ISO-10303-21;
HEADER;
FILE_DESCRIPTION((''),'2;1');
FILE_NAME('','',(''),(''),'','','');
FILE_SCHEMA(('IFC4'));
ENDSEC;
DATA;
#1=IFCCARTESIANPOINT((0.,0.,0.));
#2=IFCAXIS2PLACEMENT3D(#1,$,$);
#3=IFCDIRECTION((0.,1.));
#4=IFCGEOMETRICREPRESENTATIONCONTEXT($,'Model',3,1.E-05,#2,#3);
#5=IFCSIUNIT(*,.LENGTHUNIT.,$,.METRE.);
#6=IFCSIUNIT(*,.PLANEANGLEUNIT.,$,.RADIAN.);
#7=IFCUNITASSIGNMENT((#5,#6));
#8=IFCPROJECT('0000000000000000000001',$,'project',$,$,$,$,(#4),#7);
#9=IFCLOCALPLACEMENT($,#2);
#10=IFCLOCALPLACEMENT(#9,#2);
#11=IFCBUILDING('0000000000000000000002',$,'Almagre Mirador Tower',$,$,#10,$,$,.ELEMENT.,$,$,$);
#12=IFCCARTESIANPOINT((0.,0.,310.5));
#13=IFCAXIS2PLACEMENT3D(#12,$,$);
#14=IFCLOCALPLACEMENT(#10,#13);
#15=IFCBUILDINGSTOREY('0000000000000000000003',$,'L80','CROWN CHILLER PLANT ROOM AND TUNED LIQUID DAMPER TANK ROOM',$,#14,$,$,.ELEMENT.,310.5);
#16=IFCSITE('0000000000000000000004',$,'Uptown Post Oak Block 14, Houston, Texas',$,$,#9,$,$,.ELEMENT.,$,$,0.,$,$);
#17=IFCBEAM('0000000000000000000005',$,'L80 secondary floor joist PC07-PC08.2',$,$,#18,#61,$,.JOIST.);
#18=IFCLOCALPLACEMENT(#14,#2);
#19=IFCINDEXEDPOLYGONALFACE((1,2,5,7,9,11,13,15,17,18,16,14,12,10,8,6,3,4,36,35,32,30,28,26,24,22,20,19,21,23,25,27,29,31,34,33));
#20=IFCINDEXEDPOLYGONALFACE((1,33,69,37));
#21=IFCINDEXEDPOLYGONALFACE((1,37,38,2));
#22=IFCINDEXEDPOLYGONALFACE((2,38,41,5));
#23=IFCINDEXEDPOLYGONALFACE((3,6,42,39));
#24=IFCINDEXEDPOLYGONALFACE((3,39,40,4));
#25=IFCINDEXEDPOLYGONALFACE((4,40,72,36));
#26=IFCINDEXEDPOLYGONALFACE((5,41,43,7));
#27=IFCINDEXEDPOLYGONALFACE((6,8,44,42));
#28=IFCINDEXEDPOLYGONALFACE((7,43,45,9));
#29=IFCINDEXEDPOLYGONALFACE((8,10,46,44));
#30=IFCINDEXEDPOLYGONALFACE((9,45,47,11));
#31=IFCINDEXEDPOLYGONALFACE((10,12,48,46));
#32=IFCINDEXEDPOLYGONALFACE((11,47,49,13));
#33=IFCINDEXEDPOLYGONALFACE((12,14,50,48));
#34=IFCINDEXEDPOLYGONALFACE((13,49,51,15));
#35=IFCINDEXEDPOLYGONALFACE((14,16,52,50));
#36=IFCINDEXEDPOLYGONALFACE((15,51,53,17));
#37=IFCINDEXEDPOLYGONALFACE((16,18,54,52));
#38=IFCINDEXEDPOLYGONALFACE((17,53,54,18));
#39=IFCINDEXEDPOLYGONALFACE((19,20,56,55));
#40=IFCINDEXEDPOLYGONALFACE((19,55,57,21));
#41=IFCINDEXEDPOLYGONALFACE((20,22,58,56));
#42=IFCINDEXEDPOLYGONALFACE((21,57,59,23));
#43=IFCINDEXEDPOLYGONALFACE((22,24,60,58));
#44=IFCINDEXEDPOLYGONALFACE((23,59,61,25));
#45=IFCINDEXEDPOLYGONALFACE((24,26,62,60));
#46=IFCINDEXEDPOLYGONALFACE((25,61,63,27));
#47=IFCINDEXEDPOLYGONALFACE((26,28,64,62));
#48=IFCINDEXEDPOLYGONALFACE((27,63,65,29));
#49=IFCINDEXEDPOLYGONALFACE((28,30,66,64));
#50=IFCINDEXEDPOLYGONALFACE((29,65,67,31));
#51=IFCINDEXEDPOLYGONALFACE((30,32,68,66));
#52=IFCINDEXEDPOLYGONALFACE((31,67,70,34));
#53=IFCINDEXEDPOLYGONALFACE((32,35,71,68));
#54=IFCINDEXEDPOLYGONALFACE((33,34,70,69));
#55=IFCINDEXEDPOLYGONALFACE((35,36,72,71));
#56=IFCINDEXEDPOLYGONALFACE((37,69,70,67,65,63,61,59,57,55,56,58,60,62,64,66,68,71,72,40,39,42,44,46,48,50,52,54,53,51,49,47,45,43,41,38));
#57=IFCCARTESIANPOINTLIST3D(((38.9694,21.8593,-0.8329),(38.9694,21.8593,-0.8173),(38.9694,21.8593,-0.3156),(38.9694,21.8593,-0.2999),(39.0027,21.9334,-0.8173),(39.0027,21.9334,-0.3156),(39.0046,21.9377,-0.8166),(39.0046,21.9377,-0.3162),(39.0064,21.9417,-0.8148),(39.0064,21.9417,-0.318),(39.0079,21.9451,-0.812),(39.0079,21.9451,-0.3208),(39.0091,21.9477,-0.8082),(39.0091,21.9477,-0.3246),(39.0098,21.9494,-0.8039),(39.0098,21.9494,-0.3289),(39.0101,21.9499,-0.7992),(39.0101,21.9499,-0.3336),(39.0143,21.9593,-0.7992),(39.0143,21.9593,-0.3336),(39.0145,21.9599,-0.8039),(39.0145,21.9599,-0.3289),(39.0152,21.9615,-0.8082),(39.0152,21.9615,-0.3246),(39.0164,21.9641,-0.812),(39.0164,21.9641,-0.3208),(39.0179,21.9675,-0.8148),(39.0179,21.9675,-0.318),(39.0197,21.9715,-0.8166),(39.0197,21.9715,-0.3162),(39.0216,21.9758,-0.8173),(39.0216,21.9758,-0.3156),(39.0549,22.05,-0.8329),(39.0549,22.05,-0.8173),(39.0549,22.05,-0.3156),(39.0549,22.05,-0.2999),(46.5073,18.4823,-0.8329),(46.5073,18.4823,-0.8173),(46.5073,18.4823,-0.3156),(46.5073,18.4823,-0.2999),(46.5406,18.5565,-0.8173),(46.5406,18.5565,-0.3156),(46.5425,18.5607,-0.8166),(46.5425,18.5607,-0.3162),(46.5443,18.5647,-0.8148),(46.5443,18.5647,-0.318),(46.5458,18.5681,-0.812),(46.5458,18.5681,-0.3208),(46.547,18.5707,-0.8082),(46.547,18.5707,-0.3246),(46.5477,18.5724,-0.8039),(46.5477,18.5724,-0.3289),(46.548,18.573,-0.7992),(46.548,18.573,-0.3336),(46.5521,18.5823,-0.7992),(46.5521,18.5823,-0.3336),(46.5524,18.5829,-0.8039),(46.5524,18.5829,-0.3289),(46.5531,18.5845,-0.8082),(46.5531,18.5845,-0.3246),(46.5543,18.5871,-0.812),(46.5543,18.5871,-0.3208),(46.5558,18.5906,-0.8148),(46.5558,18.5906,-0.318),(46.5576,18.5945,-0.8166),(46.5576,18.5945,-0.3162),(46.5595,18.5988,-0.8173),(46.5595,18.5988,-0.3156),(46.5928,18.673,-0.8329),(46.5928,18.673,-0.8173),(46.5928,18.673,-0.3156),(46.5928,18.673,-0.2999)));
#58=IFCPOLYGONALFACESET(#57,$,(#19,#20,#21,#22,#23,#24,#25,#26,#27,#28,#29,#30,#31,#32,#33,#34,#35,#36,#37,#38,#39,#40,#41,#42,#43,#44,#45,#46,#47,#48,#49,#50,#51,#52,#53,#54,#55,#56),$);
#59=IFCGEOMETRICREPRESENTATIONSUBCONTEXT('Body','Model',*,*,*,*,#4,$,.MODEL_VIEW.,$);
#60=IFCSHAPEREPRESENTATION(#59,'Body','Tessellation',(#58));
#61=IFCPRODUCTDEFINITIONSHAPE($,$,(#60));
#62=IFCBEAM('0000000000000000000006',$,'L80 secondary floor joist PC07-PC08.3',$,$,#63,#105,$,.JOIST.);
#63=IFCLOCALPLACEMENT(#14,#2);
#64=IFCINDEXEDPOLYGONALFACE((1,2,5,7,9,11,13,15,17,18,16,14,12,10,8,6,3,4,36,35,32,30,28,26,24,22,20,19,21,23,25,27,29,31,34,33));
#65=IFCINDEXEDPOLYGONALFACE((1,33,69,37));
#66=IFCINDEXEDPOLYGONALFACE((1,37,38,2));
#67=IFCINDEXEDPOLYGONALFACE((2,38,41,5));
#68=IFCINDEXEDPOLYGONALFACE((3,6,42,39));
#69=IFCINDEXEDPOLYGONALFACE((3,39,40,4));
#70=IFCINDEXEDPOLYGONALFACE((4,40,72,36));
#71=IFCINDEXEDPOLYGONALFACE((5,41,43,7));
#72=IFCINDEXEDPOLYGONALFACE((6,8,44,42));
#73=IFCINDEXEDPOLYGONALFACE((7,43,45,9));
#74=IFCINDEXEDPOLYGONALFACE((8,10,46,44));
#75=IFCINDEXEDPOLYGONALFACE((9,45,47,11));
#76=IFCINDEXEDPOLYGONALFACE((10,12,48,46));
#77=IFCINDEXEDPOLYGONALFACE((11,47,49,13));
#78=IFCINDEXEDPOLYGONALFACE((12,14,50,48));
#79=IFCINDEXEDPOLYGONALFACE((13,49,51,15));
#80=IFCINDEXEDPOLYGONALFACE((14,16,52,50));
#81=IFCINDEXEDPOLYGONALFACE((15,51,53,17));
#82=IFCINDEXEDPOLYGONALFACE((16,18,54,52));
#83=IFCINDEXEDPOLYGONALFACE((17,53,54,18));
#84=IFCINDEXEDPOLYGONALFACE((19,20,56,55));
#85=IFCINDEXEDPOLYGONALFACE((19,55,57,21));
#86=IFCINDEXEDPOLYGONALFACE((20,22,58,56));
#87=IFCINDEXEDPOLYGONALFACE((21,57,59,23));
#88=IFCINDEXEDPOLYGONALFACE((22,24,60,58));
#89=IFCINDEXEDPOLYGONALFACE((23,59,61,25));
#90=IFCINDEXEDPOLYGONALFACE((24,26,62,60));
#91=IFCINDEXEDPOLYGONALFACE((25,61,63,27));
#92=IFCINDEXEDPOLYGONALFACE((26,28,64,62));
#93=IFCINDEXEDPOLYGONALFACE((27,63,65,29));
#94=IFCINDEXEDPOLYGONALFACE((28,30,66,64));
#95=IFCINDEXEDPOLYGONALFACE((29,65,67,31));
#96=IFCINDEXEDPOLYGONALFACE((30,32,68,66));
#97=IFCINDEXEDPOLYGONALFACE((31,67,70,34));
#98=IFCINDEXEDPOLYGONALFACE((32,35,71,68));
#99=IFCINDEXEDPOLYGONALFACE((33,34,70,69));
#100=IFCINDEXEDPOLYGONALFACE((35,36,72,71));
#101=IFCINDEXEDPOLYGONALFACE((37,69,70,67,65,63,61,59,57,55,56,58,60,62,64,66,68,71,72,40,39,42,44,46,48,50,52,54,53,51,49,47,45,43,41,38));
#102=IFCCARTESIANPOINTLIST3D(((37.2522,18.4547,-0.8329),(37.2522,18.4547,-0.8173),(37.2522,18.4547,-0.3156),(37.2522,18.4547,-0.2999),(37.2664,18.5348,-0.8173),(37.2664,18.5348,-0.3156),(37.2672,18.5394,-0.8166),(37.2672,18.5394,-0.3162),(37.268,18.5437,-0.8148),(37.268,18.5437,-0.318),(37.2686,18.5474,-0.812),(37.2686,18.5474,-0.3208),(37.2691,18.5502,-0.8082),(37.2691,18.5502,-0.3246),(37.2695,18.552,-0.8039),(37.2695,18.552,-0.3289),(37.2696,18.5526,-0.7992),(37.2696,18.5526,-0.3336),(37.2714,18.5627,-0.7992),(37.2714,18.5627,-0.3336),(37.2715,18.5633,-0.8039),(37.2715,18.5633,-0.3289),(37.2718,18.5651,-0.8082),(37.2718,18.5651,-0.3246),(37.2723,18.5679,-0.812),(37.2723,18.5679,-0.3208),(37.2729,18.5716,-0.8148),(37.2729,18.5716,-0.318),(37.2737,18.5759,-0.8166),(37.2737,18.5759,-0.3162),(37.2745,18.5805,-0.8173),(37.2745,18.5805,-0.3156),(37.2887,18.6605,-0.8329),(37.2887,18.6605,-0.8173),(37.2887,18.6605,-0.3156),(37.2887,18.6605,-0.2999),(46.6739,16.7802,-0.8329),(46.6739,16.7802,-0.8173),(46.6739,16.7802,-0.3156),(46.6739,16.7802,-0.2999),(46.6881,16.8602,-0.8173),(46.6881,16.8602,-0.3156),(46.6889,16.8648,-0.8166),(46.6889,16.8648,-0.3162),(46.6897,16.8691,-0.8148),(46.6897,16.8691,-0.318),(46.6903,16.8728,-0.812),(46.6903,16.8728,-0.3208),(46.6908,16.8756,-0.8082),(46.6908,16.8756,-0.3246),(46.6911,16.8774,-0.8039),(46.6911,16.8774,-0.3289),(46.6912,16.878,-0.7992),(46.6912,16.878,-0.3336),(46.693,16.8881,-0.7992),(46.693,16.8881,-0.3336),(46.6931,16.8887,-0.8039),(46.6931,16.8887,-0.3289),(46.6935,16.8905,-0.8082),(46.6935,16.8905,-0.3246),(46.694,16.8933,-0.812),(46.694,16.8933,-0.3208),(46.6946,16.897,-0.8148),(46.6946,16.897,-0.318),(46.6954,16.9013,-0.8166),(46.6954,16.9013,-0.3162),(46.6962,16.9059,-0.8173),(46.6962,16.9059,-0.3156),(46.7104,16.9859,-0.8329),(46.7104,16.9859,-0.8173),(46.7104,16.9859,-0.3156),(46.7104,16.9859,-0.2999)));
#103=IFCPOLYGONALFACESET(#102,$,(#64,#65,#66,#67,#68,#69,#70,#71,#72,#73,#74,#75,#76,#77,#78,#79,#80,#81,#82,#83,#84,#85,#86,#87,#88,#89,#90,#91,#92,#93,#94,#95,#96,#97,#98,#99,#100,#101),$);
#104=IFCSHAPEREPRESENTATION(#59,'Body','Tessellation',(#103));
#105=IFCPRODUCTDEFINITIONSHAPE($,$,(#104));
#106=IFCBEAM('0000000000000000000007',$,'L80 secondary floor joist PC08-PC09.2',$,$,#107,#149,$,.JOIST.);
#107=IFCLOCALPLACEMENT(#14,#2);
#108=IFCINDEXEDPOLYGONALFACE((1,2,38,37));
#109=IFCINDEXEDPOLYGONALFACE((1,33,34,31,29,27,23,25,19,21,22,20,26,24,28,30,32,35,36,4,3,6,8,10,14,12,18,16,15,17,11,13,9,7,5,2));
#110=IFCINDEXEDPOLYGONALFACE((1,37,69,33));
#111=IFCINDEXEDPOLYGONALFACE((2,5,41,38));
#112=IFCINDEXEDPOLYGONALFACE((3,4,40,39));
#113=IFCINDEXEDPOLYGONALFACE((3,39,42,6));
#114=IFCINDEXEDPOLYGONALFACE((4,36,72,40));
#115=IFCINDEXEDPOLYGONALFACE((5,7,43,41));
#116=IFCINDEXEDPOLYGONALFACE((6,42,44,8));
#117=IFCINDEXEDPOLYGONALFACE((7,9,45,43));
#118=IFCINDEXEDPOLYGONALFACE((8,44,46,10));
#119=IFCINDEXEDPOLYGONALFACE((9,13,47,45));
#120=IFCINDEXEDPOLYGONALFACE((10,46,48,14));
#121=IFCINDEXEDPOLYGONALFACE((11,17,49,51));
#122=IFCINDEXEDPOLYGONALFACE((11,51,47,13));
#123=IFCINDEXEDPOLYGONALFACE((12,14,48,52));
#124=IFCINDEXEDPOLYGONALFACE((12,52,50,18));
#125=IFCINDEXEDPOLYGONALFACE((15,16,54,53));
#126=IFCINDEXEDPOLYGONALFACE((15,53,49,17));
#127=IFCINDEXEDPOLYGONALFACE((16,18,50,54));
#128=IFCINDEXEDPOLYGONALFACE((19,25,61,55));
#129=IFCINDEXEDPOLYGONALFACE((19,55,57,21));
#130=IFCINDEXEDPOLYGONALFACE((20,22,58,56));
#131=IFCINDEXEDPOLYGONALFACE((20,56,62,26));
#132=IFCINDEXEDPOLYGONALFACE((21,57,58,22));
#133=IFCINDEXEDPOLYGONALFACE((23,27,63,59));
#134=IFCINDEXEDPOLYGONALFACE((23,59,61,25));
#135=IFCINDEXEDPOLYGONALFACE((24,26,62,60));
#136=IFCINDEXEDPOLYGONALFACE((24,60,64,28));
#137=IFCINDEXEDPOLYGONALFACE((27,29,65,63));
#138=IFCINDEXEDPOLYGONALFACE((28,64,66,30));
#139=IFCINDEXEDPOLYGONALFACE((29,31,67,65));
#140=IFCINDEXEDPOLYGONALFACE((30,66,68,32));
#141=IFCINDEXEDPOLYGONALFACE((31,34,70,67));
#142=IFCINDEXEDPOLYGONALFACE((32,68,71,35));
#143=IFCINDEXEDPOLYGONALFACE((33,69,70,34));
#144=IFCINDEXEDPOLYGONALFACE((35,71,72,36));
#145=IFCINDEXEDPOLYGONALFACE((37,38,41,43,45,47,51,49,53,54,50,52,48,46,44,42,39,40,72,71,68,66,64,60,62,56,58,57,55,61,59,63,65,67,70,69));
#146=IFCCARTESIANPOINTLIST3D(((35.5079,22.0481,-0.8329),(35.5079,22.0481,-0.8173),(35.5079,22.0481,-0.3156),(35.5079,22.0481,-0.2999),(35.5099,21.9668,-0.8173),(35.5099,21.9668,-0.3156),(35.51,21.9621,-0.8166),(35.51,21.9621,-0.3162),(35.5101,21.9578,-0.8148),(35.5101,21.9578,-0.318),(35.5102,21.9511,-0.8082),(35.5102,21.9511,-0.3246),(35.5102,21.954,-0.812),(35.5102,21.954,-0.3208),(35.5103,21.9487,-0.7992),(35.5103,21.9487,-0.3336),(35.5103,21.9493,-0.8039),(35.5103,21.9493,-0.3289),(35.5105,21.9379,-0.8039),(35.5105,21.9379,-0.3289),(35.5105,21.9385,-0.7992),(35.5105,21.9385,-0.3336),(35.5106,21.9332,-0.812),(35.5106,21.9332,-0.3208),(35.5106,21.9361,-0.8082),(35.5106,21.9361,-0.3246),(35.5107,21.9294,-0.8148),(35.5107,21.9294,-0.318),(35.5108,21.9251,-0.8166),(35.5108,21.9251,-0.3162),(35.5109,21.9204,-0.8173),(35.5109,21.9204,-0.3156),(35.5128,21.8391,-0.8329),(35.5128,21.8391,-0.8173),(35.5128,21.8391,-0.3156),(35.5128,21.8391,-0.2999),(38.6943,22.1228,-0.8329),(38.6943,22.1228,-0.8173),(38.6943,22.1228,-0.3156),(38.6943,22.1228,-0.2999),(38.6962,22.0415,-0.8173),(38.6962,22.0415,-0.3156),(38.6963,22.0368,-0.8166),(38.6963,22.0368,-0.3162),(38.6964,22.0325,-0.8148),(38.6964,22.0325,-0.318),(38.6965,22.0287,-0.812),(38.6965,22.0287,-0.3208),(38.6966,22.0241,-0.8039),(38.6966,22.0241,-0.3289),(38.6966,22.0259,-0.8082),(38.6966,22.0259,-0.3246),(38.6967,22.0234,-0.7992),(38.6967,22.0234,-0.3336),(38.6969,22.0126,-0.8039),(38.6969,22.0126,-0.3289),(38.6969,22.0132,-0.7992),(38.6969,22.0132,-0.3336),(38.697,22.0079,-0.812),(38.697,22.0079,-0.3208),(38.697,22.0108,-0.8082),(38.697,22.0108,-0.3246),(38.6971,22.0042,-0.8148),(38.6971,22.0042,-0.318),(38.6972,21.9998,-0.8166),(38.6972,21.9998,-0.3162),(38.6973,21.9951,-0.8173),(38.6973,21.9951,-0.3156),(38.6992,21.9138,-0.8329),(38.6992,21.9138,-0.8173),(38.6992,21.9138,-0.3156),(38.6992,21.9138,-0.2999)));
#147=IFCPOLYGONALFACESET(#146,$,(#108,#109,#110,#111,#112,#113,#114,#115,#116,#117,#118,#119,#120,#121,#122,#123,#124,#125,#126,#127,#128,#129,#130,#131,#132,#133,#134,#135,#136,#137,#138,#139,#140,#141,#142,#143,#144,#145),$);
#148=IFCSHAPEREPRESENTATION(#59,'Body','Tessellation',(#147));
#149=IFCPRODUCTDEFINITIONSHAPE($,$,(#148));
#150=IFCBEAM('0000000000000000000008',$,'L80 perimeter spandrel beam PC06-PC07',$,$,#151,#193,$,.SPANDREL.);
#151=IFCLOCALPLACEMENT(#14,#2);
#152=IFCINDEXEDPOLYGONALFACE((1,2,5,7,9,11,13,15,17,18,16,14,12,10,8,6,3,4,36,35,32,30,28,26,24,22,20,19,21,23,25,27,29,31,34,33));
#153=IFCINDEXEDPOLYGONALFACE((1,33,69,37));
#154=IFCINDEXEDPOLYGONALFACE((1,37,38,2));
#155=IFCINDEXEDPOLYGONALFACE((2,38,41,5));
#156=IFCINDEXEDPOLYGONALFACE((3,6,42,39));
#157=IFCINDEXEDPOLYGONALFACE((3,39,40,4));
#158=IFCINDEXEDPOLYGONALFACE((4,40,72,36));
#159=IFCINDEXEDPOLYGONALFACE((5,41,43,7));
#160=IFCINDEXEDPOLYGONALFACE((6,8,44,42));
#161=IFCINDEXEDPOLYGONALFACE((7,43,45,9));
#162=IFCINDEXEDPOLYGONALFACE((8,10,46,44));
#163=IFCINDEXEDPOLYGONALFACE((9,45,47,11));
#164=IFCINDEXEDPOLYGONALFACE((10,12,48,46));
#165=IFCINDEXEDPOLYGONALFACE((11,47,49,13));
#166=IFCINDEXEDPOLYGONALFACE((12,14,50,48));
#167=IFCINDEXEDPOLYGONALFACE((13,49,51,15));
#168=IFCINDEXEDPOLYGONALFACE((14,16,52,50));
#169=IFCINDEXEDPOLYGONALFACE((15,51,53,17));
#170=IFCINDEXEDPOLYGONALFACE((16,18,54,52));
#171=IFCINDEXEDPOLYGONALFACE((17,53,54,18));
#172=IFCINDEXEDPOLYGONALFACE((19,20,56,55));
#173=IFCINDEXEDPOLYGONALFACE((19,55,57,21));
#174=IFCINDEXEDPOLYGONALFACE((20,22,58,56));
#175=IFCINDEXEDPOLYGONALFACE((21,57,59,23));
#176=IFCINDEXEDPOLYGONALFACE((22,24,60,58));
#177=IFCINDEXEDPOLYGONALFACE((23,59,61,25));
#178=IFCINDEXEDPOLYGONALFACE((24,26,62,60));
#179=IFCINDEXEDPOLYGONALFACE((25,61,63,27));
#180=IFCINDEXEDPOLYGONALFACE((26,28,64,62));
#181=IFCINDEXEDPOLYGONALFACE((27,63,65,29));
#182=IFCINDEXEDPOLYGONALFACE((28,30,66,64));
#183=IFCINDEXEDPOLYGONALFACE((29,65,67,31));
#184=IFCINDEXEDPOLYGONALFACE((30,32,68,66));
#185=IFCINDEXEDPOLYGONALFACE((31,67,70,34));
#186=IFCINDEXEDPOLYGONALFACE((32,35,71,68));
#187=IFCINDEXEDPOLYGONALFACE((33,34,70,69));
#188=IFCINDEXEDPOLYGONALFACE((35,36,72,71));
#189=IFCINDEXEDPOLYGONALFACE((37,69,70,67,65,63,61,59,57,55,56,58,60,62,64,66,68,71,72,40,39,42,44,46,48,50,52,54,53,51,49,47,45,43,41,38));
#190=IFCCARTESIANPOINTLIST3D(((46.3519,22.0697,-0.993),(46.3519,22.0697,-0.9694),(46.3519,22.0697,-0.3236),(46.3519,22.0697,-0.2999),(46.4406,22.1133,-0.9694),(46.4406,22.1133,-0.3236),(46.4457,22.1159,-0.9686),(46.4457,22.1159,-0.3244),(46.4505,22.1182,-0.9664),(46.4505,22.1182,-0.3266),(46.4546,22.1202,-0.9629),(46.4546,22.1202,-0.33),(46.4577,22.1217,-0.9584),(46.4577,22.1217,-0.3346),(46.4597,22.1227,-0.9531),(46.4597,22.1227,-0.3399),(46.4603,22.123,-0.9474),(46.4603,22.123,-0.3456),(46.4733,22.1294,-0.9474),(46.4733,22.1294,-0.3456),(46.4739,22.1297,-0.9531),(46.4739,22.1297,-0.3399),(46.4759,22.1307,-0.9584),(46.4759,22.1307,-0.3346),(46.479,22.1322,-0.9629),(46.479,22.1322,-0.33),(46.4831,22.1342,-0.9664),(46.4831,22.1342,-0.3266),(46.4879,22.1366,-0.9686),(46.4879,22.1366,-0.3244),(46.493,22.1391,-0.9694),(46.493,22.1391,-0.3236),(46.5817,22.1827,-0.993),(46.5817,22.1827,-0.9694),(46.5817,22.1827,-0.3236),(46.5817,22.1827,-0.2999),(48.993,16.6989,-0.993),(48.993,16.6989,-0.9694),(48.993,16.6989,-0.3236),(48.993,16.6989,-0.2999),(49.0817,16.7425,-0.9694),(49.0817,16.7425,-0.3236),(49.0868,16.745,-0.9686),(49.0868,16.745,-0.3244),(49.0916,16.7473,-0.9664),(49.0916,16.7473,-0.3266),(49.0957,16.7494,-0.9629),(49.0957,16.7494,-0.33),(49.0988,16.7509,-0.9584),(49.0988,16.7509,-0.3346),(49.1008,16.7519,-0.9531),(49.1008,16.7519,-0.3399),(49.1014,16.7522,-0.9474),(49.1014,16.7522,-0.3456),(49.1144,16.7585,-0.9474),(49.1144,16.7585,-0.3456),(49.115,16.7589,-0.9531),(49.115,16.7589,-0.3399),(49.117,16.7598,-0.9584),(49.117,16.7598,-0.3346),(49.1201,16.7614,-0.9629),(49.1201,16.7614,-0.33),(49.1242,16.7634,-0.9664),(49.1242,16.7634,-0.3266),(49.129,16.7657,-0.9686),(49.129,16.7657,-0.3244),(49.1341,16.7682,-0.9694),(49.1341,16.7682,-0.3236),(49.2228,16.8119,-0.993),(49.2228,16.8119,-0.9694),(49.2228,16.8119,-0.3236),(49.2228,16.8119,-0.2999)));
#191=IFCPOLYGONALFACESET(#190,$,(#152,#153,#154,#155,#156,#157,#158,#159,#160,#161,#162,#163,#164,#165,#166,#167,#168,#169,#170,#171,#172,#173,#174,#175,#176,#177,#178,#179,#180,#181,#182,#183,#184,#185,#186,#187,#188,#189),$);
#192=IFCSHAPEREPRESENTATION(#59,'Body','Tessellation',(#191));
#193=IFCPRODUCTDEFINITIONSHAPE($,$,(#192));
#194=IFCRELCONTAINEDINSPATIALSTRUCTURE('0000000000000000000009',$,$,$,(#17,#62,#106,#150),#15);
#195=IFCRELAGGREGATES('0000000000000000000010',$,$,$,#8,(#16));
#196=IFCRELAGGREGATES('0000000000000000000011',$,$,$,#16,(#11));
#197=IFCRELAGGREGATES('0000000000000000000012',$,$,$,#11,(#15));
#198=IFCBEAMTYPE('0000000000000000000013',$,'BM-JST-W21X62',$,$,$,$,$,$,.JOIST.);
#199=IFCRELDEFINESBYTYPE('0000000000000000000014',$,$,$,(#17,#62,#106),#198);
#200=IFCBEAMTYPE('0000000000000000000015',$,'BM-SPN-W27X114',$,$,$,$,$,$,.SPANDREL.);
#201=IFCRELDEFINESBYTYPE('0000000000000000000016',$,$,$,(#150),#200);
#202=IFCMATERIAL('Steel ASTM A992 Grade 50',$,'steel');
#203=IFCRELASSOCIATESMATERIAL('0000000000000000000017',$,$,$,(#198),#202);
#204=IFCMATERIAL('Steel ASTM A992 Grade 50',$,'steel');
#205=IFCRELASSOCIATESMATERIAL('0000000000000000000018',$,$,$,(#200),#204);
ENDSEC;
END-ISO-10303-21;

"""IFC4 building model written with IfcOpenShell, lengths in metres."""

from ifc_helpers import new_model, si_unit, direction, frame, origin, origin_2d, place, context, subcontext, project, spatial, i_section, extrude, material, material_profile, profile_set, type_object, element, save


model = new_model("IFC4")

# Units and contexts
model_context = context("Model", 3, precision=1e-05, world=origin(), true_north=direction((0.0, 1.0)))
body_context = subcontext(model_context, "Body", "Model", "MODEL_VIEW")
ifc_project = project(units=[si_unit("LENGTHUNIT", "METRE"), si_unit("PLANEANGLEUNIT", "RADIAN")], contexts=[model_context])

# Site, building, storey
site_placement = place(None, origin())
site = spatial("IfcSite", under=ifc_project, at=site_placement, Name="Uptown Post Oak Block 14, Houston, Texas", CompositionType="ELEMENT", RefElevation=0.0)
building_placement = place(site_placement, origin())
building = spatial("IfcBuilding", under=site, at=building_placement, Name="Almagre Mirador Tower", CompositionType="ELEMENT")
storey_placement = place(building_placement, frame((0.0, 0.0, 310.5)))
storey = spatial("IfcBuildingStorey", under=building, at=storey_placement, Name="L80", Description="CROWN CHILLER PLANT ROOM AND TUNED LIQUID DAMPER TANK ROOM", CompositionType="ELEMENT", Elevation=310.5)

# Beams
ifc_material_1 = material(Name="Steel ASTM A992 Grade 50", Category="steel")
ifc_material_profile_1 = material_profile(ifc_material_1, i_section(OverallWidth=0.209, OverallDepth=0.533, WebThickness=0.0103, FlangeThickness=0.0156, FilletRadius=0.0181, at=origin_2d()), Name="W21X62")
ifc_profile_set_1 = profile_set([ifc_material_profile_1], Name="Steel ASTM A992 Grade 50")
beam_type_1 = type_object("IfcBeamType", Name="BM-JST-W21X62", PredefinedType="JOIST", material=ifc_profile_set_1)
beam_1_placement = place(storey_placement, frame((46.55, 18.5776, -0.5664), z_axis=(-0.912603, 0.408846, 0.0), x_axis=(-0.408846, -0.912603, 0.0)))
element("IfcBeam", 1, at=beam_1_placement, inside=storey, type_object=beam_type_1, Name="L80 secondary floor joist PC07-PC08.2", PredefinedType="JOIST", context=body_context, shape_type="SweptSolid", body=[
    extrude(i_section(OverallWidth=0.209, OverallDepth=0.533, WebThickness=0.0103, FlangeThickness=0.0156, FilletRadius=0.0181, at=origin_2d()), origin(), (0.0, 0.0, 1.0), 8.2598),
])
beam_2_placement = place(storey_placement, frame((46.6921, 16.8831, -0.5664), z_axis=(-0.98457, 0.174993, 0.0), x_axis=(-0.174993, -0.98457, 0.0)))
element("IfcBeam", 2, at=beam_2_placement, inside=storey, type_object=beam_type_1, Name="L80 secondary floor joist PC07-PC08.3", PredefinedType="JOIST", context=body_context, shape_type="SweptSolid", body=[
    extrude(i_section(OverallWidth=0.209, OverallDepth=0.533, WebThickness=0.0103, FlangeThickness=0.0156, FilletRadius=0.0181, at=origin_2d()), origin(), (0.0, 0.0, 1.0), 9.5693),
])
beam_3_placement = place(storey_placement, frame((38.6968, 22.0183, -0.5664), z_axis=(-0.999725, -0.02344, 0.0), x_axis=(0.02344, -0.999725, 0.0)))
element("IfcBeam", 3, at=beam_3_placement, inside=storey, type_object=beam_type_1, Name="L80 secondary floor joist PC08-PC09.2", PredefinedType="JOIST", context=body_context, shape_type="SweptSolid", body=[
    extrude(i_section(OverallWidth=0.209, OverallDepth=0.533, WebThickness=0.0103, FlangeThickness=0.0156, FilletRadius=0.0181, at=origin_2d()), origin(), (0.0, 0.0, 1.0), 3.1873),
])
ifc_material_2 = material(Name="Steel ASTM A992 Grade 50", Category="steel")
ifc_material_profile_2 = material_profile(ifc_material_2, i_section(OverallWidth=0.2561, OverallDepth=0.6931, WebThickness=0.0144, FlangeThickness=0.0237, FilletRadius=0.022, at=origin_2d()), Name="W27X114")
ifc_profile_set_2 = profile_set([ifc_material_profile_2], Name="Steel ASTM A992 Grade 50")
beam_type_2 = type_object("IfcBeamType", Name="BM-SPN-W27X114", PredefinedType="SPANDREL", material=ifc_profile_set_2)
beam_4_placement = place(storey_placement, frame((49.1079, 16.7554, -0.6465), z_axis=(-0.441281, 0.897369, 0.0), x_axis=(-0.897369, -0.441281, 0.0)))
element("IfcBeam", 4, at=beam_4_placement, inside=storey, type_object=beam_type_2, Name="L80 perimeter spandrel beam PC06-PC07", PredefinedType="SPANDREL", context=body_context, shape_type="SweptSolid", body=[
    extrude(i_section(OverallWidth=0.2561, OverallDepth=0.6931, WebThickness=0.0144, FlangeThickness=0.0237, FilletRadius=0.022, at=origin_2d()), origin(), (0.0, 0.0, 1.0), 5.9851),
])

save(model, "model.ifc")
